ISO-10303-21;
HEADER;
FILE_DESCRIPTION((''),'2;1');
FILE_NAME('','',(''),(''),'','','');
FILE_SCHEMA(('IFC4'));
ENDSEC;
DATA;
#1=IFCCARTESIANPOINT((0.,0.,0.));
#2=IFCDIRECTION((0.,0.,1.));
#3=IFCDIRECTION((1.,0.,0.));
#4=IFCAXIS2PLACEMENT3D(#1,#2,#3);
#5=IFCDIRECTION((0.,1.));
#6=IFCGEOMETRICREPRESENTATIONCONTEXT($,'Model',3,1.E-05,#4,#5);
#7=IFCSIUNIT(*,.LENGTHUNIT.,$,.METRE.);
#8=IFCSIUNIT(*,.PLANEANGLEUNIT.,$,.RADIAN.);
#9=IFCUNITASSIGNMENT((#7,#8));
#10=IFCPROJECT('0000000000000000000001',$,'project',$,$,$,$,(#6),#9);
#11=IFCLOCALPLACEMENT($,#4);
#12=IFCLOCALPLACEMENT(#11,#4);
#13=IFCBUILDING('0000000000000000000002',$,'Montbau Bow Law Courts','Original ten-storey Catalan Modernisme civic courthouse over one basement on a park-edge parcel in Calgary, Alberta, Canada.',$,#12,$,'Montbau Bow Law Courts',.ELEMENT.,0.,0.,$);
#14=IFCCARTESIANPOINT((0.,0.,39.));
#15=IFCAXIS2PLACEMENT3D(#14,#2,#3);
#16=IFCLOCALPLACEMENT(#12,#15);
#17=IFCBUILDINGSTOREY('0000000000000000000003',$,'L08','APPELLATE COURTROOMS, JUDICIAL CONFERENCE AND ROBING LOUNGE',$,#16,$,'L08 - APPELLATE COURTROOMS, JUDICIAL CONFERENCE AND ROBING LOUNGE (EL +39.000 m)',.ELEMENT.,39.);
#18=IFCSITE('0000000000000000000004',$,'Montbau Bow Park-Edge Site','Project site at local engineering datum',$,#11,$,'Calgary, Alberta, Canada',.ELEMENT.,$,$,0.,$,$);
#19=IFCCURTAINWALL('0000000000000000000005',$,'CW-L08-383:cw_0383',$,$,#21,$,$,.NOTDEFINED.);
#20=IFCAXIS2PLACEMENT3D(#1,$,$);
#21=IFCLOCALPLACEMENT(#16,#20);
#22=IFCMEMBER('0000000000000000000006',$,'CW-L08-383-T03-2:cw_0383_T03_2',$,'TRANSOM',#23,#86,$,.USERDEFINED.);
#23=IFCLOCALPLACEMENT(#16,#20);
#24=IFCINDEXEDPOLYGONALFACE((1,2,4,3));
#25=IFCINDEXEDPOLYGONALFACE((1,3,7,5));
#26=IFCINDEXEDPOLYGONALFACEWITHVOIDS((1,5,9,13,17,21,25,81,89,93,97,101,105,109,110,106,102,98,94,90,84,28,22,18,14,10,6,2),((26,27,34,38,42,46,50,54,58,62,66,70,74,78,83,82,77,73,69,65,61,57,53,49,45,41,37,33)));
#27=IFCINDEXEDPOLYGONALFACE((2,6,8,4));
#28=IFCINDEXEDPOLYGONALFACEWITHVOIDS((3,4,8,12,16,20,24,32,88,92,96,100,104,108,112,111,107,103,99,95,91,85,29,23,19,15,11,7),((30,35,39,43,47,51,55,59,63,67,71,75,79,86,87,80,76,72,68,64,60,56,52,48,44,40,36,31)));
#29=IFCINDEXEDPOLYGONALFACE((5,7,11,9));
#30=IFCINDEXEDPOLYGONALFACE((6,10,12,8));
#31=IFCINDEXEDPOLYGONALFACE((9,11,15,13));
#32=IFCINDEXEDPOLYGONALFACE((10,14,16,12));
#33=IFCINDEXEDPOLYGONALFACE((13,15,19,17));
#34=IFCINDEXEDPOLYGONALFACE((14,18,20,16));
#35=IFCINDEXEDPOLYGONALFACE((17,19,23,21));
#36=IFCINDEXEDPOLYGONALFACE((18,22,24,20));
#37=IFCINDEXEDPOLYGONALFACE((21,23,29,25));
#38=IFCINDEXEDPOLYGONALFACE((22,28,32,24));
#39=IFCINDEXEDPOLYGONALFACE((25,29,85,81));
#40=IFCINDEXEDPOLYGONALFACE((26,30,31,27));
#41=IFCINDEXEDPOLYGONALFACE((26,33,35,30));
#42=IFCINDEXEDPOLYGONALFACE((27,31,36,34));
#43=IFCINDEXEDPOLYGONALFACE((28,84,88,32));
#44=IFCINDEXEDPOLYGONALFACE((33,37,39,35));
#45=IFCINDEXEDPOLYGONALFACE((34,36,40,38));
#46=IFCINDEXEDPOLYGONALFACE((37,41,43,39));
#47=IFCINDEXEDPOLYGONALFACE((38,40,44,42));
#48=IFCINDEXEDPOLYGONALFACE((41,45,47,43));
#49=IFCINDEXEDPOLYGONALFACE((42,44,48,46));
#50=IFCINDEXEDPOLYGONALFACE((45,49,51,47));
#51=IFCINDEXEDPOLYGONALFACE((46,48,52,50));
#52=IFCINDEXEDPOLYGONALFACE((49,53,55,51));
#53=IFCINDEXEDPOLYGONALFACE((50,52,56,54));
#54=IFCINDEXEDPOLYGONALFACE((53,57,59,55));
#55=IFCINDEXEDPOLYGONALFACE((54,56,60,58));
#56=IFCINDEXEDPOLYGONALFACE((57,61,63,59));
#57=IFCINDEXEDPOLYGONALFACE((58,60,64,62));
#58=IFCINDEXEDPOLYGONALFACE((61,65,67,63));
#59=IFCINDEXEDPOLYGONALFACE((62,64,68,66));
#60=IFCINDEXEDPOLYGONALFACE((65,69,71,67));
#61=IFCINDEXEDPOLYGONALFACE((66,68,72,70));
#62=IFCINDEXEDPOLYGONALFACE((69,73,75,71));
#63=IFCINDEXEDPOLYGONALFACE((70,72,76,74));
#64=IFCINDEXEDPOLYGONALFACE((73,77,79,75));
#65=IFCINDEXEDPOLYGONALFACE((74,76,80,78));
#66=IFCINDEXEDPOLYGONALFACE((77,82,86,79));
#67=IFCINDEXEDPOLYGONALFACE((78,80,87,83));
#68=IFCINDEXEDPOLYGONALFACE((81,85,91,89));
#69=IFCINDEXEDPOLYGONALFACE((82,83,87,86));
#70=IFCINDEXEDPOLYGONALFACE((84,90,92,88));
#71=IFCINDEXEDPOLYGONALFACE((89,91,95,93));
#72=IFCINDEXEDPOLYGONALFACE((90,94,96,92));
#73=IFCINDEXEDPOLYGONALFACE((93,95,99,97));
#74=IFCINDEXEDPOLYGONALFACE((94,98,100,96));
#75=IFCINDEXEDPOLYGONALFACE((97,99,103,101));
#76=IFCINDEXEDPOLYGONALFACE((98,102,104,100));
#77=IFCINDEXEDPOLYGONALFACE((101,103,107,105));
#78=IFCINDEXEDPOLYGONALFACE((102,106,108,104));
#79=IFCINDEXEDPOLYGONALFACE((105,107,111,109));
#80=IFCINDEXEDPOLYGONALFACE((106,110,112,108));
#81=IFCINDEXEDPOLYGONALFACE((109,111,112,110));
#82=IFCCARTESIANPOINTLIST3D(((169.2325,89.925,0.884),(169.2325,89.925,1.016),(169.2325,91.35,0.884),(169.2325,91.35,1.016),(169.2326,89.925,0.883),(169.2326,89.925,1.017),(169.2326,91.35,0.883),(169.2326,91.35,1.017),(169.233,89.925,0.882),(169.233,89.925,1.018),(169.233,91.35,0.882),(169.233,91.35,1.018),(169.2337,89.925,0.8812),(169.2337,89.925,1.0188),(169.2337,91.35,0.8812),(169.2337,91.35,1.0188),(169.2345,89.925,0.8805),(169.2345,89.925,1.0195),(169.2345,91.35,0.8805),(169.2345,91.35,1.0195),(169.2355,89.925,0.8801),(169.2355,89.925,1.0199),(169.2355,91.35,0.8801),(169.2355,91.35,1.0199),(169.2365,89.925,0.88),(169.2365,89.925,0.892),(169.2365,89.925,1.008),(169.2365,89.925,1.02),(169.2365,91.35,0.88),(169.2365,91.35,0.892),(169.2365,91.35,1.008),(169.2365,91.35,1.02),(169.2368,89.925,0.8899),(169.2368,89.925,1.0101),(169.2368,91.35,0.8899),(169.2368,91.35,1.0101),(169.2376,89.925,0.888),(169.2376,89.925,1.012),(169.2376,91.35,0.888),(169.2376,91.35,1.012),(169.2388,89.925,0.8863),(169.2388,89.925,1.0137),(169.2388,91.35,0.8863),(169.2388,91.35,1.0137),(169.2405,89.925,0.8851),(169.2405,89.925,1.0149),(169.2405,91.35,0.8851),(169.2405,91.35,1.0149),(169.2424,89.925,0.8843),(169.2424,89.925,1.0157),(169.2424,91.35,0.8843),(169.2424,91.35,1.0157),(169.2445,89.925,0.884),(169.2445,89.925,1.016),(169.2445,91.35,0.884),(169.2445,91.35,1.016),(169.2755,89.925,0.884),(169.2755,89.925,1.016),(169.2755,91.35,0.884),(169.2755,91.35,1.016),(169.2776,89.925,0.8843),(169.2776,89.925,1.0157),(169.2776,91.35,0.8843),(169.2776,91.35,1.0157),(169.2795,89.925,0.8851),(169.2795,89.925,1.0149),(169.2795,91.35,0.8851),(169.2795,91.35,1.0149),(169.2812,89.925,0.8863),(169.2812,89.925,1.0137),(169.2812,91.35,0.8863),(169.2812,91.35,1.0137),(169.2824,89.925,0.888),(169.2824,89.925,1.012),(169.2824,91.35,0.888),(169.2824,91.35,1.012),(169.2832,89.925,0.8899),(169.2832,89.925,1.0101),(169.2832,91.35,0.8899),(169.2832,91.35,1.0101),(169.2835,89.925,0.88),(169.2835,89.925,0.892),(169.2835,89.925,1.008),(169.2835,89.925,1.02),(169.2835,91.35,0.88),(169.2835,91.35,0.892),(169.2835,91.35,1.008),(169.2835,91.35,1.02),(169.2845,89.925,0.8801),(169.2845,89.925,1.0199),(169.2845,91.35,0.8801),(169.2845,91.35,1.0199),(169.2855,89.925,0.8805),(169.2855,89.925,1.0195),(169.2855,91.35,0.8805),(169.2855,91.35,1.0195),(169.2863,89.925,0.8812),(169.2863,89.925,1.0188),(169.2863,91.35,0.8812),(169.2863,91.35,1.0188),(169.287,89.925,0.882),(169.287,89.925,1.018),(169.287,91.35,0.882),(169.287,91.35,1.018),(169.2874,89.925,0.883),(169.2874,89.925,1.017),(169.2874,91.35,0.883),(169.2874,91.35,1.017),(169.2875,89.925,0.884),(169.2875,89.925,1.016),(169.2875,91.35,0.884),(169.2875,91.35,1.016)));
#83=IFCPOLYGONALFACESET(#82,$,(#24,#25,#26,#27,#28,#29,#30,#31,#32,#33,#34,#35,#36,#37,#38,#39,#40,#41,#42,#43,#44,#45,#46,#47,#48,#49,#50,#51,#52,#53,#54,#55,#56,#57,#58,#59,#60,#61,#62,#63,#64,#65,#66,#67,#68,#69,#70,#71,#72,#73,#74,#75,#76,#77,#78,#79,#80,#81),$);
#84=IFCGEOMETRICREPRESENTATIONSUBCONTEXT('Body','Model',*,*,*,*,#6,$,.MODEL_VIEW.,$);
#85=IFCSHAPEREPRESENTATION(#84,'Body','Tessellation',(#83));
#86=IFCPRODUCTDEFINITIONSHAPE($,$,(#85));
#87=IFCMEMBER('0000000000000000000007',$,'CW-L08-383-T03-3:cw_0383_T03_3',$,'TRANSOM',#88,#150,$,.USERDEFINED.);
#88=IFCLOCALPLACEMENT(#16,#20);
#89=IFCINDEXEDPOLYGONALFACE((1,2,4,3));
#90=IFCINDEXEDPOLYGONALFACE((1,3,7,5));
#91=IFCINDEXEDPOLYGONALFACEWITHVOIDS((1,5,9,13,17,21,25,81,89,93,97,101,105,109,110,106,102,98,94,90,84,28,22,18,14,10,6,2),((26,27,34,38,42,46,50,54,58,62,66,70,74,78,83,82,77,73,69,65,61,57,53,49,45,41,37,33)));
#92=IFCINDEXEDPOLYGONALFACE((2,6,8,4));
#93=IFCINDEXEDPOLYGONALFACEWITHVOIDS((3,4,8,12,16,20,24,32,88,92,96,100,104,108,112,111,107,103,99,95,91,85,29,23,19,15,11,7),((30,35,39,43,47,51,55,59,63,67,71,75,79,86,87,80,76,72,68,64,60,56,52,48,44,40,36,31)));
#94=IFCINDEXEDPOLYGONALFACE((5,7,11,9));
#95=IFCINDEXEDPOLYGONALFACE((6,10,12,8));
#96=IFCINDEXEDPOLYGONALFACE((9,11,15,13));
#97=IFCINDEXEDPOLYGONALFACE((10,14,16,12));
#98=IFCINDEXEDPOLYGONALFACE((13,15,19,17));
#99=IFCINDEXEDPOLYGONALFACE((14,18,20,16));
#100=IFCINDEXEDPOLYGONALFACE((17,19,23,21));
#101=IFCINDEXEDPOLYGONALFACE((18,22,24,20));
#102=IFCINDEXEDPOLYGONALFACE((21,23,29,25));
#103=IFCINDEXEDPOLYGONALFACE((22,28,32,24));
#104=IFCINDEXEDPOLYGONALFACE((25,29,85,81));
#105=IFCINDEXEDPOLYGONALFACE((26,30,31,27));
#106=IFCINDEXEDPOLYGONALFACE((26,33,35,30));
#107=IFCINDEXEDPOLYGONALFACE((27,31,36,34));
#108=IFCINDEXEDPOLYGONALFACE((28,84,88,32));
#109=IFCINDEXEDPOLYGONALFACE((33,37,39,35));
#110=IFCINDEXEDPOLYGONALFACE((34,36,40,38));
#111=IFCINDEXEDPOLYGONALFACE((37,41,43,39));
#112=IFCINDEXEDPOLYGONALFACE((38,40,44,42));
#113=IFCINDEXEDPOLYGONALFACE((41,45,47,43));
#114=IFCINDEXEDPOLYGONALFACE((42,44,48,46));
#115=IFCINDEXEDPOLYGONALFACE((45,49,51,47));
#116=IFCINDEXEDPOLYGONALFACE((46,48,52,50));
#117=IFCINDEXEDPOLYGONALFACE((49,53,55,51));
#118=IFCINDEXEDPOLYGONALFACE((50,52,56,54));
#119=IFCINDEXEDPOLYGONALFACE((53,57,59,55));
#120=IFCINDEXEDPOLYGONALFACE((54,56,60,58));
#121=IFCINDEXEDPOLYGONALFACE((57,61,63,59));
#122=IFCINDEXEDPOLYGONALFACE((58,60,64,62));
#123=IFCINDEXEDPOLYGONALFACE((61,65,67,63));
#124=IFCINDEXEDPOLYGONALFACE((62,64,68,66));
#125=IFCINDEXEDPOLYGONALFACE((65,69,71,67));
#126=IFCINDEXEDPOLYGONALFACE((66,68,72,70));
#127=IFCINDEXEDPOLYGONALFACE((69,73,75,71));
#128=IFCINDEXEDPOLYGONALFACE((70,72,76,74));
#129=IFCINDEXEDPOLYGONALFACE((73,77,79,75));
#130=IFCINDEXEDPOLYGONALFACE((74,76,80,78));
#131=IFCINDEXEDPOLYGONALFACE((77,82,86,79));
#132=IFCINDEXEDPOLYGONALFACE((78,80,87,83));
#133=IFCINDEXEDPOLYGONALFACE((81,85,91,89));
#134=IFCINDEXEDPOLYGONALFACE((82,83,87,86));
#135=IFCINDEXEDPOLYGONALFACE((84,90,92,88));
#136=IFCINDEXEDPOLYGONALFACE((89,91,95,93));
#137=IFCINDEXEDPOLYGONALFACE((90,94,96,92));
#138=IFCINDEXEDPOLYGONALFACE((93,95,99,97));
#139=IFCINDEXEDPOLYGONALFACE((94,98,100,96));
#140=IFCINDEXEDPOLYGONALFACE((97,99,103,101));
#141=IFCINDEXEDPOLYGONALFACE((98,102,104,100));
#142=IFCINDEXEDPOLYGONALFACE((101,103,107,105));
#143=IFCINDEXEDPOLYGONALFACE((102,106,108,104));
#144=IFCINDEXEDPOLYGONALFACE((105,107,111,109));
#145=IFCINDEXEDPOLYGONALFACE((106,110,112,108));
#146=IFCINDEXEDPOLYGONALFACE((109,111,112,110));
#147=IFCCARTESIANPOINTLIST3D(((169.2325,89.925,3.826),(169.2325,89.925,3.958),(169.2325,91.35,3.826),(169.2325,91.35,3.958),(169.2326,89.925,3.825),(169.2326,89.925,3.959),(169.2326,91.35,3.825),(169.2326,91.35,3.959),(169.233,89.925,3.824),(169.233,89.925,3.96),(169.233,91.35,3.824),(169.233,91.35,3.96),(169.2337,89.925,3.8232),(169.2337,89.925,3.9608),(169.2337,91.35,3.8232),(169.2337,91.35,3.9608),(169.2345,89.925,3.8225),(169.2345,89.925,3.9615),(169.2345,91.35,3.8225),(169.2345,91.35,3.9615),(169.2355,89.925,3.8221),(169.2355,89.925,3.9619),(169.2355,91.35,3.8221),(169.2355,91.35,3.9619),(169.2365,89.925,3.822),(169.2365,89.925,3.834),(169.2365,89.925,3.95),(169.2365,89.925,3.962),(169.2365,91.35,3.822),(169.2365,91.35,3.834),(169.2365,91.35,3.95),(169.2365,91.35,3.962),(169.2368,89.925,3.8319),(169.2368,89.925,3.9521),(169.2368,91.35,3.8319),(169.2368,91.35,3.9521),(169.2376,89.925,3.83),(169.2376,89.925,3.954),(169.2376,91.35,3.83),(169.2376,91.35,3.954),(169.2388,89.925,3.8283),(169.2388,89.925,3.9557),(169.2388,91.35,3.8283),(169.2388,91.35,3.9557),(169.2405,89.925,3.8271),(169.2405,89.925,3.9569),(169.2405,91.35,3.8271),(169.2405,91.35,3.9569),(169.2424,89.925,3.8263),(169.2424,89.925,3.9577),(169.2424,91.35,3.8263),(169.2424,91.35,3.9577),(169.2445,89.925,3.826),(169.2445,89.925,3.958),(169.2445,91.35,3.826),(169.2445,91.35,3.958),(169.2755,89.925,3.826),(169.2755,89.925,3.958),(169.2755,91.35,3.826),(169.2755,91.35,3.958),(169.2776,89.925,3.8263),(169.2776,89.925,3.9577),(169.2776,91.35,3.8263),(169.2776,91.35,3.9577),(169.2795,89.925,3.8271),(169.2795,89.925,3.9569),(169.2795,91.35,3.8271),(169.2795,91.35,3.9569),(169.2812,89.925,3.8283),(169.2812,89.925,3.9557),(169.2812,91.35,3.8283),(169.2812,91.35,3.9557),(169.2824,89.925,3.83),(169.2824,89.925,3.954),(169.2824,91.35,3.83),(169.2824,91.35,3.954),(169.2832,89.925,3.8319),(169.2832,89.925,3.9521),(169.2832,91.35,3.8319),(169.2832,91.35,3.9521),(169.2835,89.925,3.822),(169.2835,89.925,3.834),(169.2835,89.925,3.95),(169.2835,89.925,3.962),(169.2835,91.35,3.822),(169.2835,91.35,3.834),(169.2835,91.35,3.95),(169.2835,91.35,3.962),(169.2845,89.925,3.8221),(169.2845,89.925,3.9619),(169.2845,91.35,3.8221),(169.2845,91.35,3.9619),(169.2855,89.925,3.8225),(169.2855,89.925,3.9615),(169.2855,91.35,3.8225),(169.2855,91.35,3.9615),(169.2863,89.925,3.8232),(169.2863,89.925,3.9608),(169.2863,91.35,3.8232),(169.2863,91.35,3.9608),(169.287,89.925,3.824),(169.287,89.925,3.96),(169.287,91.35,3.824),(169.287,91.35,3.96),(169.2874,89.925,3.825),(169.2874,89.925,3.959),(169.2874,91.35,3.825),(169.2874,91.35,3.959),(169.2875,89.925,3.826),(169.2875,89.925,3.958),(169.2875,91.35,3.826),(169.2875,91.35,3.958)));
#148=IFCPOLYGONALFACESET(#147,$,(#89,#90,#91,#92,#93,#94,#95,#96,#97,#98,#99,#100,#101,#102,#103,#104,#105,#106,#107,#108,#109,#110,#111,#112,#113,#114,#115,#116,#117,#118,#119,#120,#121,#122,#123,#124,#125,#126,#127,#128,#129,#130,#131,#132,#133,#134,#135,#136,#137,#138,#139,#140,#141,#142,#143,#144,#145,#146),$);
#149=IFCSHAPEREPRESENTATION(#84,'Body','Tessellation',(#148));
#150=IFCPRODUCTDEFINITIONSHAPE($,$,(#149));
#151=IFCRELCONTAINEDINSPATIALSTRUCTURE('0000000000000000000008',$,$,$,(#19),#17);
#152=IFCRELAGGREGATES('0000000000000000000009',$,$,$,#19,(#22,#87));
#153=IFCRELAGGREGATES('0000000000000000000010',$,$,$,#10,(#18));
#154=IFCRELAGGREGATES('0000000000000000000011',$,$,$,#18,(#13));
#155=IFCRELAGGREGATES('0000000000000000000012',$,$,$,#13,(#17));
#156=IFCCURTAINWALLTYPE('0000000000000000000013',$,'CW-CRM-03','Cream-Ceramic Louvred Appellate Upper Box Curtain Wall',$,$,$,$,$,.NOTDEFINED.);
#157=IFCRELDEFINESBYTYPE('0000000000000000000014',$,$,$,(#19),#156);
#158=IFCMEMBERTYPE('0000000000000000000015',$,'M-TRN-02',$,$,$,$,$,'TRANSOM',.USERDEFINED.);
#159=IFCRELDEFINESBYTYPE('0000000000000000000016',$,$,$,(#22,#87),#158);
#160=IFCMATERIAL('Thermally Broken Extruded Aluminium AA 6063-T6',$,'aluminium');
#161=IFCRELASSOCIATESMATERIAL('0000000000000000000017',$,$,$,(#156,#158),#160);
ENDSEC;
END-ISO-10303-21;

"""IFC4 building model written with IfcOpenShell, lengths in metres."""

from ifc_helpers import new_model, si_unit, direction, frame, origin_with_axes, origin_2d_with_axis, place, context, subcontext, project, spatial, hollow_rectangle, extrude, material, material_profile, profile_set, type_object, element, aggregate, save


model = new_model("IFC4")

# Units and contexts
model_context = context("Model", 3, precision=1e-05, world=origin_with_axes(), true_north=direction((0.0, 1.0)))
body_context = subcontext(model_context, "Body", "Model", "MODEL_VIEW")
ifc_project = project(units=[si_unit("LENGTHUNIT", "METRE"), si_unit("PLANEANGLEUNIT", "RADIAN")], contexts=[model_context])

# Site, building, storey
site_placement = place(None, origin_with_axes())
site = spatial("IfcSite", under=ifc_project, at=site_placement, Name="Montbau Bow Park-Edge Site", Description="Project site at local engineering datum", LongName="Calgary, Alberta, Canada", CompositionType="ELEMENT", RefElevation=0.0)
building_placement = place(site_placement, origin_with_axes())
building = spatial("IfcBuilding", under=site, at=building_placement, Name="Montbau Bow Law Courts", Description="Original ten-storey Catalan Modernisme civic courthouse over one basement on a park-edge parcel in Calgary, Alberta, Canada.", LongName="Montbau Bow Law Courts", CompositionType="ELEMENT", ElevationOfRefHeight=0.0, ElevationOfTerrain=0.0)
storey_placement = place(building_placement, frame((0.0, 0.0, 39.0), z_axis=(0.0, 0.0, 1.0), x_axis=(1.0, 0.0, 0.0)))
storey = spatial("IfcBuildingStorey", under=building, at=storey_placement, Name="L08", Description="APPELLATE COURTROOMS, JUDICIAL CONFERENCE AND ROBING LOUNGE", LongName="L08 - APPELLATE COURTROOMS, JUDICIAL CONFERENCE AND ROBING LOUNGE (EL +39.000 m)", CompositionType="ELEMENT", Elevation=39.0)

# Curtain wall, members
ifc_material_1 = material(Name="Thermally Broken Extruded Aluminium AA 6063-T6", Category="aluminium")
curtain_wall_type = type_object("IfcCurtainWallType", Name="CW-CRM-03", Description="Cream-Ceramic Louvred Appellate Upper Box Curtain Wall", PredefinedType="NOTDEFINED", material=ifc_material_1)
curtain_wall_placement = place(None, frame((169.26, 86.915, 39.0), z_axis=(0.0, 0.0, 1.0), x_axis=(1.0, 0.0, 0.0)))
curtain_wall = element("IfcCurtainWall", 1, at=curtain_wall_placement, inside=storey, type_object=curtain_wall_type, Name="CW-L08-383:cw_0383", PredefinedType="NOTDEFINED")
ifc_material_profile_1 = material_profile(ifc_material_1, hollow_rectangle(XDim=0.055, YDim=0.14, WallThickness=0.004, InnerFilletRadius=0.008, OuterFilletRadius=0.004, at=origin_2d_with_axis()), Name="CWT-140X55", Category="Main", Priority=0)
ifc_profile_set_1 = profile_set([ifc_material_profile_1], Name="Thermally Broken Extruded Aluminium AA 6063-T6")
member_type_1 = type_object("IfcMemberType", Name="M-TRN-02", ElementType="TRANSOM", PredefinedType="USERDEFINED", material=ifc_profile_set_1)
member_1_placement = place(None, frame((169.26, 89.925, 39.95), z_axis=(0.0, 1.0, 0.0), x_axis=(-1.0, 0.0, 0.0)))
member_1 = element("IfcMember", 2, at=member_1_placement, type_object=member_type_1, Name="CW-L08-383-T03-2:cw_0383_T03_2", ObjectType="TRANSOM", PredefinedType="USERDEFINED", context=body_context, shape_type="SweptSolid", body=[
    extrude(hollow_rectangle(XDim=0.055, YDim=0.14, WallThickness=0.004, InnerFilletRadius=0.008, OuterFilletRadius=0.004, at=origin_2d_with_axis()), origin_with_axes(), (0.0, 0.0, 1.0), 1.425),
])
member_2_placement = place(None, frame((169.26, 89.925, 42.892), z_axis=(0.0, 1.0, 0.0), x_axis=(-1.0, 0.0, 0.0)))
member_2 = element("IfcMember", 3, at=member_2_placement, type_object=member_type_1, Name="CW-L08-383-T03-3:cw_0383_T03_3", ObjectType="TRANSOM", PredefinedType="USERDEFINED", context=body_context, shape_type="SweptSolid", body=[
    extrude(hollow_rectangle(XDim=0.055, YDim=0.14, WallThickness=0.004, InnerFilletRadius=0.008, OuterFilletRadius=0.004, at=origin_2d_with_axis()), origin_with_axes(), (0.0, 0.0, 1.0), 1.425),
])
aggregate(curtain_wall, [member_1, member_2])

save(model, "model.ifc")
